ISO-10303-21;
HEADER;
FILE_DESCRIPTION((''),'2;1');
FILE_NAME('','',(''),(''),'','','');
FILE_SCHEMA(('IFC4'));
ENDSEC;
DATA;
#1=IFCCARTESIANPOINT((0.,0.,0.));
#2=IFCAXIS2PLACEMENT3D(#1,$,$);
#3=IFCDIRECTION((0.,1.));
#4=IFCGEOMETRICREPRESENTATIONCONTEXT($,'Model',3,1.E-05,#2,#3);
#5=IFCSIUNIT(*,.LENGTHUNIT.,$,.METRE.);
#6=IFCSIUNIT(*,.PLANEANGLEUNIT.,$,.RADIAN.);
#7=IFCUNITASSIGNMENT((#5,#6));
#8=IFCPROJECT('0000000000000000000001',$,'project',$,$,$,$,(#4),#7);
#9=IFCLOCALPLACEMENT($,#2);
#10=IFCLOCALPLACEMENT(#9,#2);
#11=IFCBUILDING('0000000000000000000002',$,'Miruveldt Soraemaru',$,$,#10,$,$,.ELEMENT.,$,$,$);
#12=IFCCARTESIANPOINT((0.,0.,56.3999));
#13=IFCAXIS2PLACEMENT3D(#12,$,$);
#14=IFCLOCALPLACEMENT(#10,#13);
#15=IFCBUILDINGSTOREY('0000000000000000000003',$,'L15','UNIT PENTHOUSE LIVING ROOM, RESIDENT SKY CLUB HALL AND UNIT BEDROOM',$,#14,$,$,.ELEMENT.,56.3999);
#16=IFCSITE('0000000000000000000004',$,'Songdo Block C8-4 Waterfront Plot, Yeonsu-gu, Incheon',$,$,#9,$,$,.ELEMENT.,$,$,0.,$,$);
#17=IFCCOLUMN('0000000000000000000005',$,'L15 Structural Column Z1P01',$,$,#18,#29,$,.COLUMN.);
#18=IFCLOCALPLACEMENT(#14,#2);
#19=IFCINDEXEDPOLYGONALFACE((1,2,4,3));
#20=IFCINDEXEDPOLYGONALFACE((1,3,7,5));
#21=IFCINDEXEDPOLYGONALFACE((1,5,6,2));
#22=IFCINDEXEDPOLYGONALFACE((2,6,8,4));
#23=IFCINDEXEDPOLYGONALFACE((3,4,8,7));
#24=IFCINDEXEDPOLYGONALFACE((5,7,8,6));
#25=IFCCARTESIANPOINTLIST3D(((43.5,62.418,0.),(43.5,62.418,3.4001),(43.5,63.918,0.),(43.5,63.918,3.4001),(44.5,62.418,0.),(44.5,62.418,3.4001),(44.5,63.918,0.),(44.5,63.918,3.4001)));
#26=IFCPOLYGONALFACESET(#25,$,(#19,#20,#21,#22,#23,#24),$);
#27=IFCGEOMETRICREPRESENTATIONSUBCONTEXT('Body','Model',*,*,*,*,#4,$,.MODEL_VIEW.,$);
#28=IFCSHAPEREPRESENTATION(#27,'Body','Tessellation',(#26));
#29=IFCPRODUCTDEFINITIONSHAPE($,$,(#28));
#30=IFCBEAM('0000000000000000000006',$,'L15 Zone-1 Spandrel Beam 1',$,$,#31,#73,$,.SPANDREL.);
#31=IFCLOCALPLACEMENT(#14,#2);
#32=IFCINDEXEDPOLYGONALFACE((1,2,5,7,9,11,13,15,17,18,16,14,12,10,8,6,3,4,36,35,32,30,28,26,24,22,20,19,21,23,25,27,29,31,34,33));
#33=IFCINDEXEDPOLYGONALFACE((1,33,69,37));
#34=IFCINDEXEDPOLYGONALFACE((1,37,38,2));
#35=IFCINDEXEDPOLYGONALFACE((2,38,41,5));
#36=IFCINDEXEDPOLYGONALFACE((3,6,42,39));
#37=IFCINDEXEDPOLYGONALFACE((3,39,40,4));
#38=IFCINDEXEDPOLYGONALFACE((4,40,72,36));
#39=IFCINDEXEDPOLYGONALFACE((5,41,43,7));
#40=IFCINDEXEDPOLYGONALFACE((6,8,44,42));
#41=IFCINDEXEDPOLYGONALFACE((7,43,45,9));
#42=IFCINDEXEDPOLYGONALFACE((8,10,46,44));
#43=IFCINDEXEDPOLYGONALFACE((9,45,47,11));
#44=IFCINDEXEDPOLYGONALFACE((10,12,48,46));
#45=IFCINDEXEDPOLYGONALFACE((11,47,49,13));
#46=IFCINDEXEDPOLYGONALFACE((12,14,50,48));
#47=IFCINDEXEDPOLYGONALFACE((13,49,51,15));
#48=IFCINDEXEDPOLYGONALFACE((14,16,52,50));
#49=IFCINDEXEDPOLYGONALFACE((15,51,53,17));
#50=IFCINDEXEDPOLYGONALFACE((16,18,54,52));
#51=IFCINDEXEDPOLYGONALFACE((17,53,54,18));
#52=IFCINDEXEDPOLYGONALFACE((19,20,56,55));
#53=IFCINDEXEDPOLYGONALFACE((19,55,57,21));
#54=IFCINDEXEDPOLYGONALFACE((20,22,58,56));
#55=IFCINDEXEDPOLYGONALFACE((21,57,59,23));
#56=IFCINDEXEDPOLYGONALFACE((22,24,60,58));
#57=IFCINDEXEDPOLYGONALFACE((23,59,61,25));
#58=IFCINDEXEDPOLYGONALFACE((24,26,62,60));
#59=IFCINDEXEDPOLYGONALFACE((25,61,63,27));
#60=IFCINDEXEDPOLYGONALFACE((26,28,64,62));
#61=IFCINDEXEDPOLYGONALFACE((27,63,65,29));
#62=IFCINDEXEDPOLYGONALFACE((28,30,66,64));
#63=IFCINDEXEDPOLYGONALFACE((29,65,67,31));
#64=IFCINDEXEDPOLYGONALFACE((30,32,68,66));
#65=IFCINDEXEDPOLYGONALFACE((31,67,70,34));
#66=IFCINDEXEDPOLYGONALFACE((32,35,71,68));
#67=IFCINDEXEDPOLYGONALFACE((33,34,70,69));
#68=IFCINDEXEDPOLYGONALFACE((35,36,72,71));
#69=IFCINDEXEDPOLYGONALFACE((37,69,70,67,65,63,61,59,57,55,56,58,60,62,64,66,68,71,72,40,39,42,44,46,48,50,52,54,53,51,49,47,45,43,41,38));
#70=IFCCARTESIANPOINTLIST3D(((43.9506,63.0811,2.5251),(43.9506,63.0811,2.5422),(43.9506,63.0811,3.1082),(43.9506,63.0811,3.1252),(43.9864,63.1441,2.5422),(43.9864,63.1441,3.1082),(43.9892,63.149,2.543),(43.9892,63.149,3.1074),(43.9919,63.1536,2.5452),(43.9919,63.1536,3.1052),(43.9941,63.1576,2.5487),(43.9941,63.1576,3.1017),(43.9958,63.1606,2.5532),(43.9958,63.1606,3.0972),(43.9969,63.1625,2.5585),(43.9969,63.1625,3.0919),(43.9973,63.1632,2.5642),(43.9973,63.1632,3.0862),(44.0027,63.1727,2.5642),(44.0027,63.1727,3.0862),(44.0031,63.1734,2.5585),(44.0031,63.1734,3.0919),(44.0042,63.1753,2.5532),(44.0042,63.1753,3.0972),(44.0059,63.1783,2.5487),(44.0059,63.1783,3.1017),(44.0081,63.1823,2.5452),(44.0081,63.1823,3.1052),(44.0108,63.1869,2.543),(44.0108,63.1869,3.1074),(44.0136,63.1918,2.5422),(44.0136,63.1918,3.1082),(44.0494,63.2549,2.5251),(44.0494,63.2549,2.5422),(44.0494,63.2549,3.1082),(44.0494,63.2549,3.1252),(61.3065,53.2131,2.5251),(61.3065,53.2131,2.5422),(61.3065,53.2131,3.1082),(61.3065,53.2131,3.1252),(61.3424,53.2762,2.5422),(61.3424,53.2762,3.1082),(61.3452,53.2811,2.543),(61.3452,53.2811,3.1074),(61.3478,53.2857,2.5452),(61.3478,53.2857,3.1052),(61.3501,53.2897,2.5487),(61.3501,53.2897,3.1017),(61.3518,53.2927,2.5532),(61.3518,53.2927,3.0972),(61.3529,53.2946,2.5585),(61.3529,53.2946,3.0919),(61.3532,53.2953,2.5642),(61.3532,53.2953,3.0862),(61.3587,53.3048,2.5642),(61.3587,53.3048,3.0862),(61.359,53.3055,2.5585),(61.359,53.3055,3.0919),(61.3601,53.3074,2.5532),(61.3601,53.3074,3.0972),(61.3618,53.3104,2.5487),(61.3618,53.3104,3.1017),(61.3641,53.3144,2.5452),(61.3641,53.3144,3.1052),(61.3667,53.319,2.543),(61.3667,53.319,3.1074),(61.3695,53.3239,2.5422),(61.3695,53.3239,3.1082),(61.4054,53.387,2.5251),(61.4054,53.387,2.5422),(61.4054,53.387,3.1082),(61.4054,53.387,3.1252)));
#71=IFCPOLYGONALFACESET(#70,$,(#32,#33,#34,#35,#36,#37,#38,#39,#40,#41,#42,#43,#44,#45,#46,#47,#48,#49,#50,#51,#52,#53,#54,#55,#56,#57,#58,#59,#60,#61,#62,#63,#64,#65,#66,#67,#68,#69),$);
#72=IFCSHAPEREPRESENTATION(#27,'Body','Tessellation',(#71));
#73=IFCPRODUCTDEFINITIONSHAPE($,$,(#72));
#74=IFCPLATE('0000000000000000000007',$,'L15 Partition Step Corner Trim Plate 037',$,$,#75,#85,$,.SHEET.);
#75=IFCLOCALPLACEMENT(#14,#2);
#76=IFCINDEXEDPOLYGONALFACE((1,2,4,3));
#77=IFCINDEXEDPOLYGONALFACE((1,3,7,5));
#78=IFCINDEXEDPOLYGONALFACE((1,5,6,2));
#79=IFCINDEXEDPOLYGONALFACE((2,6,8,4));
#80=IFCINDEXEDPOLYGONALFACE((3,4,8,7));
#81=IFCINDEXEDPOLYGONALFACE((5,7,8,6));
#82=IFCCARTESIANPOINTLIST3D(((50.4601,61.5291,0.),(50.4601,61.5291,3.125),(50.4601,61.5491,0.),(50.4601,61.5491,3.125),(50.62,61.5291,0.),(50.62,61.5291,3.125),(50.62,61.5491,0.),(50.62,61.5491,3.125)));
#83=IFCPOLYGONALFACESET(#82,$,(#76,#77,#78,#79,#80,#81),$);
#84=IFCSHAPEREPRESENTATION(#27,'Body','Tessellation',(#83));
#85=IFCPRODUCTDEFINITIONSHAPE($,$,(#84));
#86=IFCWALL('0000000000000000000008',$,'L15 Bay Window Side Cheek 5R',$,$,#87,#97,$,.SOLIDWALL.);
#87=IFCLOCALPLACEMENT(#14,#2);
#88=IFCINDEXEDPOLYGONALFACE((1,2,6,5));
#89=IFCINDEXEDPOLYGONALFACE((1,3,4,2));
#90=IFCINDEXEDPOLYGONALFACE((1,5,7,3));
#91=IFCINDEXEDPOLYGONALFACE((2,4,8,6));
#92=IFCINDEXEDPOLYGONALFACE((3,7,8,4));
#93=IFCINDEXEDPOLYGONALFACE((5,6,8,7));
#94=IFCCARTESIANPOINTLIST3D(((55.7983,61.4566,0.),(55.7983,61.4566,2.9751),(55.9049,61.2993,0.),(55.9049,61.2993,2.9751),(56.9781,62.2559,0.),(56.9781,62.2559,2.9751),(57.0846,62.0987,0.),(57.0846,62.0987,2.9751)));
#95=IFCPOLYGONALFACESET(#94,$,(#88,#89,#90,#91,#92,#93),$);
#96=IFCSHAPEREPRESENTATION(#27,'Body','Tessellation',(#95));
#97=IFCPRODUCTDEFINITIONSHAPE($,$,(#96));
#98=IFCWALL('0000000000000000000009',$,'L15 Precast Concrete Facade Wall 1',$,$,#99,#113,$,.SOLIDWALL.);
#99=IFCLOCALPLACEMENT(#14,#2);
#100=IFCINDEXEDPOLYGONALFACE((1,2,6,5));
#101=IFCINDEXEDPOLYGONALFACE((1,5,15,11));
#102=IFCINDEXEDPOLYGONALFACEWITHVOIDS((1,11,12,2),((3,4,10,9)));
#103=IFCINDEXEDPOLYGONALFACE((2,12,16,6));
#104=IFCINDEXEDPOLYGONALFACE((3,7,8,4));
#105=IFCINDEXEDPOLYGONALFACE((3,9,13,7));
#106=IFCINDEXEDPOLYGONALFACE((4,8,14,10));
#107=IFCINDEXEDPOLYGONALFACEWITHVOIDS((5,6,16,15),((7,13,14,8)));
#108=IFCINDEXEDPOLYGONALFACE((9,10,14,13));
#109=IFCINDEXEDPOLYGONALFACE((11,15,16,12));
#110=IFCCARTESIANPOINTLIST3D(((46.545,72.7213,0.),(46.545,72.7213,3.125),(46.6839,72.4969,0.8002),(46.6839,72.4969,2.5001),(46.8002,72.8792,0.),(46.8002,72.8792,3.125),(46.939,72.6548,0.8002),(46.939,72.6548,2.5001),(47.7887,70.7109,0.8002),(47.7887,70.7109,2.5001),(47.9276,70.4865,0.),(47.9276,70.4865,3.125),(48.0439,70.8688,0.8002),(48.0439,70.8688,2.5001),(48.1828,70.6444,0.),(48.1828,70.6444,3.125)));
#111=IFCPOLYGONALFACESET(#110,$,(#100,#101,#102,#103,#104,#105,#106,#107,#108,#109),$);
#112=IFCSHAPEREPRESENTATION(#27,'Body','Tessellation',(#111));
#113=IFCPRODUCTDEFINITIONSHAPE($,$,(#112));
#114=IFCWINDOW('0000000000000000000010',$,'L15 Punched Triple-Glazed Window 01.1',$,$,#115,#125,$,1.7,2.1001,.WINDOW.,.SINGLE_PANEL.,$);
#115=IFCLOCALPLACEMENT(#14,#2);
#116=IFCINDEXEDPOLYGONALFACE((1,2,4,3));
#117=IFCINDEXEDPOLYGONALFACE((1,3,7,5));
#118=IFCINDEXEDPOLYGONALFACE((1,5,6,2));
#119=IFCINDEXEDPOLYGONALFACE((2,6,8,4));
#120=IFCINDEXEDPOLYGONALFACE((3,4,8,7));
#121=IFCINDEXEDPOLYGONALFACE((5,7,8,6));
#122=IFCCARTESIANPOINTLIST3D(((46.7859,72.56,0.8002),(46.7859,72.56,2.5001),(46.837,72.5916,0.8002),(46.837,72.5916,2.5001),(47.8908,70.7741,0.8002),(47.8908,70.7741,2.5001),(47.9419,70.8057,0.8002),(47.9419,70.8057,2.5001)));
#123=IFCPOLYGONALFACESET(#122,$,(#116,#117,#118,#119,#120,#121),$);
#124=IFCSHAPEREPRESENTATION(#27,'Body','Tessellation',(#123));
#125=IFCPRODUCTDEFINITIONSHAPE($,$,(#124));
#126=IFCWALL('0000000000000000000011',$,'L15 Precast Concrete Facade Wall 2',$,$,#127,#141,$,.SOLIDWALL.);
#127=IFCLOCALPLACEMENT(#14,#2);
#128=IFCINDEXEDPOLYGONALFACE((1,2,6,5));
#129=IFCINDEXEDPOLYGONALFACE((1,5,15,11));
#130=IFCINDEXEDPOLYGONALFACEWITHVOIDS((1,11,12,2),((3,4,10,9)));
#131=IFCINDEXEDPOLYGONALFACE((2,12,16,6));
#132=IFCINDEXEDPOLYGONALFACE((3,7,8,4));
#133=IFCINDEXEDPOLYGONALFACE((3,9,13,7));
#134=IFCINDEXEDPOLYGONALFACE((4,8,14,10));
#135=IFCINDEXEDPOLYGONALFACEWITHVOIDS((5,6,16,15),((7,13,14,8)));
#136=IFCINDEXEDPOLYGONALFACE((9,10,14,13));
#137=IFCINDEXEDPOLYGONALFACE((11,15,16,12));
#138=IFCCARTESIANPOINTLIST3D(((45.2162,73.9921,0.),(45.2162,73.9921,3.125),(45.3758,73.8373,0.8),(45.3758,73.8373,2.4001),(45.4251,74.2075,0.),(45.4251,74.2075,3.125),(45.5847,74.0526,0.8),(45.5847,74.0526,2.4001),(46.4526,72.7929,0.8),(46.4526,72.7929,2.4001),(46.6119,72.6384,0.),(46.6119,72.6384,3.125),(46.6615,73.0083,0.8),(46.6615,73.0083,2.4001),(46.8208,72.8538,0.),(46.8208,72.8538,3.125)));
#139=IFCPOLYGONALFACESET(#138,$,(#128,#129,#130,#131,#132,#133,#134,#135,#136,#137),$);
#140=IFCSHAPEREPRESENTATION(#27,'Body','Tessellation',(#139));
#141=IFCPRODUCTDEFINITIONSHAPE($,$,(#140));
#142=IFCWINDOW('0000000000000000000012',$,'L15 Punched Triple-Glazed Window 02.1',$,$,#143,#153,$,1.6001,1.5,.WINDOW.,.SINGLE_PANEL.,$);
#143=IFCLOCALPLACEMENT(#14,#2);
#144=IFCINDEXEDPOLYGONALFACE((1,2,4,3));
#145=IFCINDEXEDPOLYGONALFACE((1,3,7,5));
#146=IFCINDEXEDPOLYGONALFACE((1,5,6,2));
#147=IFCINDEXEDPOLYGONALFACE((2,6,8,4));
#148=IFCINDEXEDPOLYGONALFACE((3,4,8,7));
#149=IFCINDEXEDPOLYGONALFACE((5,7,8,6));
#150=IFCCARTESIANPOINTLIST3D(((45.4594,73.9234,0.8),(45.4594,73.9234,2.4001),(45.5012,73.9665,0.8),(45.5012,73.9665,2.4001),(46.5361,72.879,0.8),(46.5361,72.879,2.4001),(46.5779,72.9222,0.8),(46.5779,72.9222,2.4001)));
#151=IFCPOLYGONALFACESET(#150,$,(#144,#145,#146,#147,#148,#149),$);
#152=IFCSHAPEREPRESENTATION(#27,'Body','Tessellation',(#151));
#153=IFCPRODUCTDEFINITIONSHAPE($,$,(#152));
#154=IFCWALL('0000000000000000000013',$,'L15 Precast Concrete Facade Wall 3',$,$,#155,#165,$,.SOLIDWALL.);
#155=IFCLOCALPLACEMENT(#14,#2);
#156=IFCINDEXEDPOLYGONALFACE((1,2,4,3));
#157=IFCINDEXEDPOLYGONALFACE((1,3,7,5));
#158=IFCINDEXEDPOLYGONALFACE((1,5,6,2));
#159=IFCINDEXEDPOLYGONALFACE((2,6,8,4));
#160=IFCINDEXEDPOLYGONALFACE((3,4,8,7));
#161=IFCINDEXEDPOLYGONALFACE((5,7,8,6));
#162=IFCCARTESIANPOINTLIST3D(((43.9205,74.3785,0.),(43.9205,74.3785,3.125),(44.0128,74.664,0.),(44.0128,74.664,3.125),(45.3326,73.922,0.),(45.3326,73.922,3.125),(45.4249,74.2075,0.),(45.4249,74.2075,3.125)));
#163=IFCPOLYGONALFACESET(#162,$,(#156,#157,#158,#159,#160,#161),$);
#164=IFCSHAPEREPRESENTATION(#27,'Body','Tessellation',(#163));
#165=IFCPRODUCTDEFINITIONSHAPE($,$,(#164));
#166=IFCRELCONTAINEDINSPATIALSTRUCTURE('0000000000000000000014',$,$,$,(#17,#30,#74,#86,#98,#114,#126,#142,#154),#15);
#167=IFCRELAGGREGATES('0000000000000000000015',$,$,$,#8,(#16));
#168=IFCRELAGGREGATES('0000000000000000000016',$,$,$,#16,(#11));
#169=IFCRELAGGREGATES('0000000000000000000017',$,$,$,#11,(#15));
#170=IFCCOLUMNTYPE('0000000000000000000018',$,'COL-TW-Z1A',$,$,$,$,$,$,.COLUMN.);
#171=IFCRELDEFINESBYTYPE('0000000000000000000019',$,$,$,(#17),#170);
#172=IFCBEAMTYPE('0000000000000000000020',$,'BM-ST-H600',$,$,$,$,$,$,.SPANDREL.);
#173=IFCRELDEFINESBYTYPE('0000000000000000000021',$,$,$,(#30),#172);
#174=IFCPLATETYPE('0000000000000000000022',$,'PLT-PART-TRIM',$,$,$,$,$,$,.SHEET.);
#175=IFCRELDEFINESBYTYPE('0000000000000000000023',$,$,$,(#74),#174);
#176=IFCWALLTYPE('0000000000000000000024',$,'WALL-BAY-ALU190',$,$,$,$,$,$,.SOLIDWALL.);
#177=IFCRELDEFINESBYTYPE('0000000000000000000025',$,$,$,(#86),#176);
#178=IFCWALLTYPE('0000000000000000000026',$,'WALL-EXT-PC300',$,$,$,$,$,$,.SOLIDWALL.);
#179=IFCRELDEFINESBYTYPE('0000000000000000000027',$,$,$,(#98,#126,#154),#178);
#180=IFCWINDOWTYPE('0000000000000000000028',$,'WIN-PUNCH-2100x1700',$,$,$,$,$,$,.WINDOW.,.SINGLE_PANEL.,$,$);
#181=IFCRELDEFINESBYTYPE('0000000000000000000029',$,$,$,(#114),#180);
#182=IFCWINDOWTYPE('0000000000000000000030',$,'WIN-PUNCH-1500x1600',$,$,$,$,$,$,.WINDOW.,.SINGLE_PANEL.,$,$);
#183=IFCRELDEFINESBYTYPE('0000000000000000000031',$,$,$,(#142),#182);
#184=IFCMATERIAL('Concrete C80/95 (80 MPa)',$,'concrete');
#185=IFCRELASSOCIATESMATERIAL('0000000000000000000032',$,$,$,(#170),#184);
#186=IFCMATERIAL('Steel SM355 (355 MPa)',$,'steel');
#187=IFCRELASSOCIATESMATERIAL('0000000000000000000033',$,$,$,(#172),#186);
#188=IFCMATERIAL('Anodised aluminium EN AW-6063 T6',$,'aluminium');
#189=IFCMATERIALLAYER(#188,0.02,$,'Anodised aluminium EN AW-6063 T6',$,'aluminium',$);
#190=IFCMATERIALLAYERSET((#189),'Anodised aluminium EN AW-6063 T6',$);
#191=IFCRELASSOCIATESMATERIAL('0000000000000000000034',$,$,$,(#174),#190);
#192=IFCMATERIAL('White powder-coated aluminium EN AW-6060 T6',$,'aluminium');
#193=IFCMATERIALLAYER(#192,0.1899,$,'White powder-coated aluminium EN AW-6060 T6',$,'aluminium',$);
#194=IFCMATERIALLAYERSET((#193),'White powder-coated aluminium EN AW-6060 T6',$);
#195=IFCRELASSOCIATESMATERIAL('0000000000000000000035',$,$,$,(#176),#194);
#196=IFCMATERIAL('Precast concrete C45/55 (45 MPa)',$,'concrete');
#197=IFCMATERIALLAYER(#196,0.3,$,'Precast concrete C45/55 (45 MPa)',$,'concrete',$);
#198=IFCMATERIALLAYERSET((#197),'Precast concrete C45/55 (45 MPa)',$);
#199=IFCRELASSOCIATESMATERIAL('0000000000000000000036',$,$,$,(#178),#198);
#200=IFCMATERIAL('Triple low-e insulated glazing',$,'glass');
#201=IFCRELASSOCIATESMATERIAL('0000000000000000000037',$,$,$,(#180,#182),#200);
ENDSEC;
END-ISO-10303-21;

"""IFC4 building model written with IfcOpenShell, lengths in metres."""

from ifc_helpers import new_model, si_unit, direction, frame, frame_2d, origin, origin_2d, place, context, subcontext, project, spatial, rectangle, i_section, extrude, material, layer, layer_set, material_profile, profile_set, type_object, element, fill, save


model = new_model("IFC4")

# Units and contexts
model_context = context("Model", 3, precision=1e-05, world=origin(), true_north=direction((0.0, 1.0)))
body_context = subcontext(model_context, "Body", "Model", "MODEL_VIEW")
ifc_project = project(units=[si_unit("LENGTHUNIT", "METRE"), si_unit("PLANEANGLEUNIT", "RADIAN")], contexts=[model_context])

# Site, building, storey
site_placement = place(None, origin())
site = spatial("IfcSite", under=ifc_project, at=site_placement, Name="Songdo Block C8-4 Waterfront Plot, Yeonsu-gu, Incheon", CompositionType="ELEMENT", RefElevation=0.0)
building_placement = place(site_placement, origin())
building = spatial("IfcBuilding", under=site, at=building_placement, Name="Miruveldt Soraemaru", CompositionType="ELEMENT")
storey_placement = place(building_placement, frame((0.0, 0.0, 56.3999)))
storey = spatial("IfcBuildingStorey", under=building, at=storey_placement, Name="L15", Description="UNIT PENTHOUSE LIVING ROOM, RESIDENT SKY CLUB HALL AND UNIT BEDROOM", CompositionType="ELEMENT", Elevation=56.3999)

# Column
ifc_material_1 = material(Name="Concrete C80/95 (80 MPa)", Category="concrete")
ifc_material_profile_1 = material_profile(ifc_material_1, rectangle(XDim=1.5, YDim=1.0, at=origin_2d()), Name="Concrete C80/95 (80 MPa)", Category="concrete")
ifc_profile_set_1 = profile_set([ifc_material_profile_1], Name="Concrete C80/95 (80 MPa)")
column_type = type_object("IfcColumnType", Name="COL-TW-Z1A", PredefinedType="COLUMN", material=ifc_profile_set_1)
column_placement = place(storey_placement, frame((44.0, 63.168, 0.0), z_axis=(0.0, 0.0, 1.0), x_axis=(0.0, 1.0, 0.0)))
element("IfcColumn", 1, at=column_placement, inside=storey, type_object=column_type, Name="L15 Structural Column Z1P01", PredefinedType="COLUMN", context=body_context, shape_type="SweptSolid", body=[
    extrude(rectangle(XDim=1.5, YDim=1.0, at=origin_2d()), origin(), (0.0, 0.0, 1.0), 3.4001),
])

# Beam
ifc_material_2 = material(Name="Steel SM355 (355 MPa)", Category="steel")
ifc_material_profile_2 = material_profile(ifc_material_2, i_section(OverallWidth=0.2, OverallDepth=0.6001, WebThickness=0.011, FlangeThickness=0.0171, FilletRadius=0.022, at=origin_2d()), Name="Steel SM355 (355 MPa)", Category="steel")
ifc_profile_set_2 = profile_set([ifc_material_profile_2], Name="Steel SM355 (355 MPa)")
beam_type = type_object("IfcBeamType", Name="BM-ST-H600", PredefinedType="SPANDREL", material=ifc_profile_set_2)
beam_placement = place(storey_placement, frame((44.0, 63.168, 2.8252), z_axis=(0.869315, -0.494259, 0.0), x_axis=(0.494259, 0.869315, 0.0)))
element("IfcBeam", 2, at=beam_placement, inside=storey, type_object=beam_type, Name="L15 Zone-1 Spandrel Beam 1", PredefinedType="SPANDREL", context=body_context, shape_type="SweptSolid", body=[
    extrude(i_section(OverallWidth=0.2, OverallDepth=0.6001, WebThickness=0.011, FlangeThickness=0.0171, FilletRadius=0.022, at=origin_2d()), origin(), (0.0, 0.0, 1.0), 19.9651),
])

# Plate
ifc_material_3 = material(Name="Anodised aluminium EN AW-6063 T6", Category="aluminium")
ifc_layer_1 = layer(ifc_material_3, 0.02, Name="Anodised aluminium EN AW-6063 T6", Category="aluminium")
ifc_layer_set_1 = layer_set([ifc_layer_1], Name="Anodised aluminium EN AW-6063 T6")
plate_type = type_object("IfcPlateType", Name="PLT-PART-TRIM", PredefinedType="SHEET", material=ifc_layer_set_1)
plate_placement = place(storey_placement, frame((50.54, 61.5391, 0.0), z_axis=(0.0, 0.0, 1.0), x_axis=(-1.0, 0.0, 0.0)))
element("IfcPlate", 3, at=plate_placement, inside=storey, type_object=plate_type, Name="L15 Partition Step Corner Trim Plate 037", PredefinedType="SHEET", context=body_context, shape_type="SweptSolid", body=[
    extrude(rectangle(XDim=0.1599, YDim=0.02, at=origin_2d()), origin(), (0.0, 0.0, 1.0), 3.125),
])

# Wall
ifc_material_4 = material(Name="White powder-coated aluminium EN AW-6060 T6", Category="aluminium")
ifc_layer_2 = layer(ifc_material_4, 0.1899, Name="White powder-coated aluminium EN AW-6060 T6", Category="aluminium")
ifc_layer_set_2 = layer_set([ifc_layer_2], Name="White powder-coated aluminium EN AW-6060 T6")
wall_type_1 = type_object("IfcWallType", Name="WALL-BAY-ALU190", PredefinedType="SOLIDWALL", material=ifc_layer_set_2)
wall_1_placement = place(storey_placement, frame((57.0312, 62.1772, 0.0), z_axis=(0.0, 0.0, 1.0), x_axis=(-0.827862, -0.560931, 0.0)))
element("IfcWall", 4, at=wall_1_placement, inside=storey, type_object=wall_type_1, Name="L15 Bay Window Side Cheek 5R", PredefinedType="SOLIDWALL", context=body_context, shape_type="SweptSolid", body=[
    extrude(rectangle(XDim=1.425, YDim=0.1899, at=frame_2d((0.7124, 0.0))), origin(), (0.0, 0.0, 1.0), 2.9751),
])

# Walls, openings, windows
ifc_material_5 = material(Name="Precast concrete C45/55 (45 MPa)", Category="concrete")
ifc_layer_3 = layer(ifc_material_5, 0.3, Name="Precast concrete C45/55 (45 MPa)", Category="concrete")
ifc_layer_set_3 = layer_set([ifc_layer_3], Name="Precast concrete C45/55 (45 MPa)")
wall_type_2 = type_object("IfcWallType", Name="WALL-EXT-PC300", PredefinedType="SOLIDWALL", material=ifc_layer_set_3)
wall_2_placement = place(storey_placement, frame((48.0552, 70.5654, 0.0), z_axis=(0.0, 0.0, 1.0), x_axis=(-0.526102, 0.850422, 0.0)))
wall_2 = element("IfcWall", 5, at=wall_2_placement, inside=storey, type_object=wall_type_2, Name="L15 Precast Concrete Facade Wall 1", PredefinedType="SOLIDWALL", context=body_context, shape_type="SweptSolid", body=[
    extrude(rectangle(XDim=2.6279, YDim=0.3, at=frame_2d((1.314, 0.0))), origin(), (0.0, 0.0, 1.0), 3.125),
])
opening_1_placement = place(wall_2_placement, frame((0.2639, 0.0, 0.8)))
opening_1 = element("IfcOpeningElement", 6, at=opening_1_placement, cuts=wall_2, PredefinedType="OPENING", context=body_context, shape_type="SweptSolid", body=[
    extrude(rectangle(XDim=2.1001, YDim=1.7, at=frame_2d((1.05, 0.8501))), frame((0.0, 0.1602, 0.0), z_axis=(0.0, -1.0, 0.0), x_axis=(1.0, 0.0, 0.0)), (0.0, 0.0, 1.0), 0.3201),
])
ifc_material_6 = material(Name="Triple low-e insulated glazing", Category="glass")
window_type_1 = type_object("IfcWindowType", Name="WIN-PUNCH-2100x1700", PartitioningType="SINGLE_PANEL", PredefinedType="WINDOW", material=ifc_material_6)
window_1_placement = place(opening_1_placement, origin())
window_1 = element("IfcWindow", 7, at=window_1_placement, inside=storey, type_object=window_type_1, Name="L15 Punched Triple-Glazed Window 01.1", OverallHeight=1.7, OverallWidth=2.1001, PartitioningType="SINGLE_PANEL", PredefinedType="WINDOW", context=body_context, shape_type="SweptSolid", body=[
    extrude(rectangle(XDim=2.1001, YDim=1.7, at=frame_2d((1.05, 0.8501))), frame((0.0, 0.03, 0.0), z_axis=(0.0, -1.0, 0.0), x_axis=(1.0, 0.0, 0.0)), (0.0, 0.0, 1.0), 0.0601),
])
fill(opening_1, window_1)
wall_3_placement = place(storey_placement, frame((46.7163, 72.7461, 0.0), z_axis=(0.0, 0.0, 1.0), x_axis=(-0.717822, 0.696226, 0.0)))
wall_3 = element("IfcWall", 8, at=wall_3_placement, inside=storey, type_object=wall_type_2, Name="L15 Precast Concrete Facade Wall 2", PredefinedType="SOLIDWALL", context=body_context, shape_type="SweptSolid", body=[
    extrude(rectangle(XDim=1.9443, YDim=0.3, at=frame_2d((0.9722, 0.0))), origin(), (0.0, 0.0, 1.0), 3.125),
])
opening_2_placement = place(wall_3_placement, frame((0.2219, 0.0, 0.8)))
opening_2 = element("IfcOpeningElement", 9, at=opening_2_placement, cuts=wall_3, PredefinedType="OPENING", context=body_context, shape_type="SweptSolid", body=[
    extrude(rectangle(XDim=1.5, YDim=1.6001, at=frame_2d((0.75, 0.8))), frame((0.0, 0.1602, 0.0), z_axis=(0.0, -1.0, 0.0), x_axis=(1.0, 0.0, 0.0)), (0.0, 0.0, 1.0), 0.3201),
])
window_type_2 = type_object("IfcWindowType", Name="WIN-PUNCH-1500x1600", PartitioningType="SINGLE_PANEL", PredefinedType="WINDOW", material=ifc_material_6)
window_2_placement = place(opening_2_placement, origin())
window_2 = element("IfcWindow", 10, at=window_2_placement, inside=storey, type_object=window_type_2, Name="L15 Punched Triple-Glazed Window 02.1", OverallHeight=1.6001, OverallWidth=1.5, PartitioningType="SINGLE_PANEL", PredefinedType="WINDOW", context=body_context, shape_type="SweptSolid", body=[
    extrude(rectangle(XDim=1.5, YDim=1.6001, at=frame_2d((0.75, 0.8))), frame((0.0, 0.03, 0.0), z_axis=(0.0, -1.0, 0.0), x_axis=(1.0, 0.0, 0.0)), (0.0, 0.0, 1.0), 0.0601),
])
fill(opening_2, window_2)

# Wall
wall_4_placement = place(storey_placement, frame((45.3789, 74.0647, 0.0), z_axis=(0.0, 0.0, 1.0), x_axis=(-0.951507, 0.307628, 0.0)))
element("IfcWall", 11, at=wall_4_placement, inside=storey, type_object=wall_type_2, Name="L15 Precast Concrete Facade Wall 3", PredefinedType="SOLIDWALL", context=body_context, shape_type="SweptSolid", body=[
    extrude(rectangle(XDim=1.4841, YDim=0.3, at=frame_2d((0.7422, 0.0))), origin(), (0.0, 0.0, 1.0), 3.125),
])

save(model, "model.ifc")
